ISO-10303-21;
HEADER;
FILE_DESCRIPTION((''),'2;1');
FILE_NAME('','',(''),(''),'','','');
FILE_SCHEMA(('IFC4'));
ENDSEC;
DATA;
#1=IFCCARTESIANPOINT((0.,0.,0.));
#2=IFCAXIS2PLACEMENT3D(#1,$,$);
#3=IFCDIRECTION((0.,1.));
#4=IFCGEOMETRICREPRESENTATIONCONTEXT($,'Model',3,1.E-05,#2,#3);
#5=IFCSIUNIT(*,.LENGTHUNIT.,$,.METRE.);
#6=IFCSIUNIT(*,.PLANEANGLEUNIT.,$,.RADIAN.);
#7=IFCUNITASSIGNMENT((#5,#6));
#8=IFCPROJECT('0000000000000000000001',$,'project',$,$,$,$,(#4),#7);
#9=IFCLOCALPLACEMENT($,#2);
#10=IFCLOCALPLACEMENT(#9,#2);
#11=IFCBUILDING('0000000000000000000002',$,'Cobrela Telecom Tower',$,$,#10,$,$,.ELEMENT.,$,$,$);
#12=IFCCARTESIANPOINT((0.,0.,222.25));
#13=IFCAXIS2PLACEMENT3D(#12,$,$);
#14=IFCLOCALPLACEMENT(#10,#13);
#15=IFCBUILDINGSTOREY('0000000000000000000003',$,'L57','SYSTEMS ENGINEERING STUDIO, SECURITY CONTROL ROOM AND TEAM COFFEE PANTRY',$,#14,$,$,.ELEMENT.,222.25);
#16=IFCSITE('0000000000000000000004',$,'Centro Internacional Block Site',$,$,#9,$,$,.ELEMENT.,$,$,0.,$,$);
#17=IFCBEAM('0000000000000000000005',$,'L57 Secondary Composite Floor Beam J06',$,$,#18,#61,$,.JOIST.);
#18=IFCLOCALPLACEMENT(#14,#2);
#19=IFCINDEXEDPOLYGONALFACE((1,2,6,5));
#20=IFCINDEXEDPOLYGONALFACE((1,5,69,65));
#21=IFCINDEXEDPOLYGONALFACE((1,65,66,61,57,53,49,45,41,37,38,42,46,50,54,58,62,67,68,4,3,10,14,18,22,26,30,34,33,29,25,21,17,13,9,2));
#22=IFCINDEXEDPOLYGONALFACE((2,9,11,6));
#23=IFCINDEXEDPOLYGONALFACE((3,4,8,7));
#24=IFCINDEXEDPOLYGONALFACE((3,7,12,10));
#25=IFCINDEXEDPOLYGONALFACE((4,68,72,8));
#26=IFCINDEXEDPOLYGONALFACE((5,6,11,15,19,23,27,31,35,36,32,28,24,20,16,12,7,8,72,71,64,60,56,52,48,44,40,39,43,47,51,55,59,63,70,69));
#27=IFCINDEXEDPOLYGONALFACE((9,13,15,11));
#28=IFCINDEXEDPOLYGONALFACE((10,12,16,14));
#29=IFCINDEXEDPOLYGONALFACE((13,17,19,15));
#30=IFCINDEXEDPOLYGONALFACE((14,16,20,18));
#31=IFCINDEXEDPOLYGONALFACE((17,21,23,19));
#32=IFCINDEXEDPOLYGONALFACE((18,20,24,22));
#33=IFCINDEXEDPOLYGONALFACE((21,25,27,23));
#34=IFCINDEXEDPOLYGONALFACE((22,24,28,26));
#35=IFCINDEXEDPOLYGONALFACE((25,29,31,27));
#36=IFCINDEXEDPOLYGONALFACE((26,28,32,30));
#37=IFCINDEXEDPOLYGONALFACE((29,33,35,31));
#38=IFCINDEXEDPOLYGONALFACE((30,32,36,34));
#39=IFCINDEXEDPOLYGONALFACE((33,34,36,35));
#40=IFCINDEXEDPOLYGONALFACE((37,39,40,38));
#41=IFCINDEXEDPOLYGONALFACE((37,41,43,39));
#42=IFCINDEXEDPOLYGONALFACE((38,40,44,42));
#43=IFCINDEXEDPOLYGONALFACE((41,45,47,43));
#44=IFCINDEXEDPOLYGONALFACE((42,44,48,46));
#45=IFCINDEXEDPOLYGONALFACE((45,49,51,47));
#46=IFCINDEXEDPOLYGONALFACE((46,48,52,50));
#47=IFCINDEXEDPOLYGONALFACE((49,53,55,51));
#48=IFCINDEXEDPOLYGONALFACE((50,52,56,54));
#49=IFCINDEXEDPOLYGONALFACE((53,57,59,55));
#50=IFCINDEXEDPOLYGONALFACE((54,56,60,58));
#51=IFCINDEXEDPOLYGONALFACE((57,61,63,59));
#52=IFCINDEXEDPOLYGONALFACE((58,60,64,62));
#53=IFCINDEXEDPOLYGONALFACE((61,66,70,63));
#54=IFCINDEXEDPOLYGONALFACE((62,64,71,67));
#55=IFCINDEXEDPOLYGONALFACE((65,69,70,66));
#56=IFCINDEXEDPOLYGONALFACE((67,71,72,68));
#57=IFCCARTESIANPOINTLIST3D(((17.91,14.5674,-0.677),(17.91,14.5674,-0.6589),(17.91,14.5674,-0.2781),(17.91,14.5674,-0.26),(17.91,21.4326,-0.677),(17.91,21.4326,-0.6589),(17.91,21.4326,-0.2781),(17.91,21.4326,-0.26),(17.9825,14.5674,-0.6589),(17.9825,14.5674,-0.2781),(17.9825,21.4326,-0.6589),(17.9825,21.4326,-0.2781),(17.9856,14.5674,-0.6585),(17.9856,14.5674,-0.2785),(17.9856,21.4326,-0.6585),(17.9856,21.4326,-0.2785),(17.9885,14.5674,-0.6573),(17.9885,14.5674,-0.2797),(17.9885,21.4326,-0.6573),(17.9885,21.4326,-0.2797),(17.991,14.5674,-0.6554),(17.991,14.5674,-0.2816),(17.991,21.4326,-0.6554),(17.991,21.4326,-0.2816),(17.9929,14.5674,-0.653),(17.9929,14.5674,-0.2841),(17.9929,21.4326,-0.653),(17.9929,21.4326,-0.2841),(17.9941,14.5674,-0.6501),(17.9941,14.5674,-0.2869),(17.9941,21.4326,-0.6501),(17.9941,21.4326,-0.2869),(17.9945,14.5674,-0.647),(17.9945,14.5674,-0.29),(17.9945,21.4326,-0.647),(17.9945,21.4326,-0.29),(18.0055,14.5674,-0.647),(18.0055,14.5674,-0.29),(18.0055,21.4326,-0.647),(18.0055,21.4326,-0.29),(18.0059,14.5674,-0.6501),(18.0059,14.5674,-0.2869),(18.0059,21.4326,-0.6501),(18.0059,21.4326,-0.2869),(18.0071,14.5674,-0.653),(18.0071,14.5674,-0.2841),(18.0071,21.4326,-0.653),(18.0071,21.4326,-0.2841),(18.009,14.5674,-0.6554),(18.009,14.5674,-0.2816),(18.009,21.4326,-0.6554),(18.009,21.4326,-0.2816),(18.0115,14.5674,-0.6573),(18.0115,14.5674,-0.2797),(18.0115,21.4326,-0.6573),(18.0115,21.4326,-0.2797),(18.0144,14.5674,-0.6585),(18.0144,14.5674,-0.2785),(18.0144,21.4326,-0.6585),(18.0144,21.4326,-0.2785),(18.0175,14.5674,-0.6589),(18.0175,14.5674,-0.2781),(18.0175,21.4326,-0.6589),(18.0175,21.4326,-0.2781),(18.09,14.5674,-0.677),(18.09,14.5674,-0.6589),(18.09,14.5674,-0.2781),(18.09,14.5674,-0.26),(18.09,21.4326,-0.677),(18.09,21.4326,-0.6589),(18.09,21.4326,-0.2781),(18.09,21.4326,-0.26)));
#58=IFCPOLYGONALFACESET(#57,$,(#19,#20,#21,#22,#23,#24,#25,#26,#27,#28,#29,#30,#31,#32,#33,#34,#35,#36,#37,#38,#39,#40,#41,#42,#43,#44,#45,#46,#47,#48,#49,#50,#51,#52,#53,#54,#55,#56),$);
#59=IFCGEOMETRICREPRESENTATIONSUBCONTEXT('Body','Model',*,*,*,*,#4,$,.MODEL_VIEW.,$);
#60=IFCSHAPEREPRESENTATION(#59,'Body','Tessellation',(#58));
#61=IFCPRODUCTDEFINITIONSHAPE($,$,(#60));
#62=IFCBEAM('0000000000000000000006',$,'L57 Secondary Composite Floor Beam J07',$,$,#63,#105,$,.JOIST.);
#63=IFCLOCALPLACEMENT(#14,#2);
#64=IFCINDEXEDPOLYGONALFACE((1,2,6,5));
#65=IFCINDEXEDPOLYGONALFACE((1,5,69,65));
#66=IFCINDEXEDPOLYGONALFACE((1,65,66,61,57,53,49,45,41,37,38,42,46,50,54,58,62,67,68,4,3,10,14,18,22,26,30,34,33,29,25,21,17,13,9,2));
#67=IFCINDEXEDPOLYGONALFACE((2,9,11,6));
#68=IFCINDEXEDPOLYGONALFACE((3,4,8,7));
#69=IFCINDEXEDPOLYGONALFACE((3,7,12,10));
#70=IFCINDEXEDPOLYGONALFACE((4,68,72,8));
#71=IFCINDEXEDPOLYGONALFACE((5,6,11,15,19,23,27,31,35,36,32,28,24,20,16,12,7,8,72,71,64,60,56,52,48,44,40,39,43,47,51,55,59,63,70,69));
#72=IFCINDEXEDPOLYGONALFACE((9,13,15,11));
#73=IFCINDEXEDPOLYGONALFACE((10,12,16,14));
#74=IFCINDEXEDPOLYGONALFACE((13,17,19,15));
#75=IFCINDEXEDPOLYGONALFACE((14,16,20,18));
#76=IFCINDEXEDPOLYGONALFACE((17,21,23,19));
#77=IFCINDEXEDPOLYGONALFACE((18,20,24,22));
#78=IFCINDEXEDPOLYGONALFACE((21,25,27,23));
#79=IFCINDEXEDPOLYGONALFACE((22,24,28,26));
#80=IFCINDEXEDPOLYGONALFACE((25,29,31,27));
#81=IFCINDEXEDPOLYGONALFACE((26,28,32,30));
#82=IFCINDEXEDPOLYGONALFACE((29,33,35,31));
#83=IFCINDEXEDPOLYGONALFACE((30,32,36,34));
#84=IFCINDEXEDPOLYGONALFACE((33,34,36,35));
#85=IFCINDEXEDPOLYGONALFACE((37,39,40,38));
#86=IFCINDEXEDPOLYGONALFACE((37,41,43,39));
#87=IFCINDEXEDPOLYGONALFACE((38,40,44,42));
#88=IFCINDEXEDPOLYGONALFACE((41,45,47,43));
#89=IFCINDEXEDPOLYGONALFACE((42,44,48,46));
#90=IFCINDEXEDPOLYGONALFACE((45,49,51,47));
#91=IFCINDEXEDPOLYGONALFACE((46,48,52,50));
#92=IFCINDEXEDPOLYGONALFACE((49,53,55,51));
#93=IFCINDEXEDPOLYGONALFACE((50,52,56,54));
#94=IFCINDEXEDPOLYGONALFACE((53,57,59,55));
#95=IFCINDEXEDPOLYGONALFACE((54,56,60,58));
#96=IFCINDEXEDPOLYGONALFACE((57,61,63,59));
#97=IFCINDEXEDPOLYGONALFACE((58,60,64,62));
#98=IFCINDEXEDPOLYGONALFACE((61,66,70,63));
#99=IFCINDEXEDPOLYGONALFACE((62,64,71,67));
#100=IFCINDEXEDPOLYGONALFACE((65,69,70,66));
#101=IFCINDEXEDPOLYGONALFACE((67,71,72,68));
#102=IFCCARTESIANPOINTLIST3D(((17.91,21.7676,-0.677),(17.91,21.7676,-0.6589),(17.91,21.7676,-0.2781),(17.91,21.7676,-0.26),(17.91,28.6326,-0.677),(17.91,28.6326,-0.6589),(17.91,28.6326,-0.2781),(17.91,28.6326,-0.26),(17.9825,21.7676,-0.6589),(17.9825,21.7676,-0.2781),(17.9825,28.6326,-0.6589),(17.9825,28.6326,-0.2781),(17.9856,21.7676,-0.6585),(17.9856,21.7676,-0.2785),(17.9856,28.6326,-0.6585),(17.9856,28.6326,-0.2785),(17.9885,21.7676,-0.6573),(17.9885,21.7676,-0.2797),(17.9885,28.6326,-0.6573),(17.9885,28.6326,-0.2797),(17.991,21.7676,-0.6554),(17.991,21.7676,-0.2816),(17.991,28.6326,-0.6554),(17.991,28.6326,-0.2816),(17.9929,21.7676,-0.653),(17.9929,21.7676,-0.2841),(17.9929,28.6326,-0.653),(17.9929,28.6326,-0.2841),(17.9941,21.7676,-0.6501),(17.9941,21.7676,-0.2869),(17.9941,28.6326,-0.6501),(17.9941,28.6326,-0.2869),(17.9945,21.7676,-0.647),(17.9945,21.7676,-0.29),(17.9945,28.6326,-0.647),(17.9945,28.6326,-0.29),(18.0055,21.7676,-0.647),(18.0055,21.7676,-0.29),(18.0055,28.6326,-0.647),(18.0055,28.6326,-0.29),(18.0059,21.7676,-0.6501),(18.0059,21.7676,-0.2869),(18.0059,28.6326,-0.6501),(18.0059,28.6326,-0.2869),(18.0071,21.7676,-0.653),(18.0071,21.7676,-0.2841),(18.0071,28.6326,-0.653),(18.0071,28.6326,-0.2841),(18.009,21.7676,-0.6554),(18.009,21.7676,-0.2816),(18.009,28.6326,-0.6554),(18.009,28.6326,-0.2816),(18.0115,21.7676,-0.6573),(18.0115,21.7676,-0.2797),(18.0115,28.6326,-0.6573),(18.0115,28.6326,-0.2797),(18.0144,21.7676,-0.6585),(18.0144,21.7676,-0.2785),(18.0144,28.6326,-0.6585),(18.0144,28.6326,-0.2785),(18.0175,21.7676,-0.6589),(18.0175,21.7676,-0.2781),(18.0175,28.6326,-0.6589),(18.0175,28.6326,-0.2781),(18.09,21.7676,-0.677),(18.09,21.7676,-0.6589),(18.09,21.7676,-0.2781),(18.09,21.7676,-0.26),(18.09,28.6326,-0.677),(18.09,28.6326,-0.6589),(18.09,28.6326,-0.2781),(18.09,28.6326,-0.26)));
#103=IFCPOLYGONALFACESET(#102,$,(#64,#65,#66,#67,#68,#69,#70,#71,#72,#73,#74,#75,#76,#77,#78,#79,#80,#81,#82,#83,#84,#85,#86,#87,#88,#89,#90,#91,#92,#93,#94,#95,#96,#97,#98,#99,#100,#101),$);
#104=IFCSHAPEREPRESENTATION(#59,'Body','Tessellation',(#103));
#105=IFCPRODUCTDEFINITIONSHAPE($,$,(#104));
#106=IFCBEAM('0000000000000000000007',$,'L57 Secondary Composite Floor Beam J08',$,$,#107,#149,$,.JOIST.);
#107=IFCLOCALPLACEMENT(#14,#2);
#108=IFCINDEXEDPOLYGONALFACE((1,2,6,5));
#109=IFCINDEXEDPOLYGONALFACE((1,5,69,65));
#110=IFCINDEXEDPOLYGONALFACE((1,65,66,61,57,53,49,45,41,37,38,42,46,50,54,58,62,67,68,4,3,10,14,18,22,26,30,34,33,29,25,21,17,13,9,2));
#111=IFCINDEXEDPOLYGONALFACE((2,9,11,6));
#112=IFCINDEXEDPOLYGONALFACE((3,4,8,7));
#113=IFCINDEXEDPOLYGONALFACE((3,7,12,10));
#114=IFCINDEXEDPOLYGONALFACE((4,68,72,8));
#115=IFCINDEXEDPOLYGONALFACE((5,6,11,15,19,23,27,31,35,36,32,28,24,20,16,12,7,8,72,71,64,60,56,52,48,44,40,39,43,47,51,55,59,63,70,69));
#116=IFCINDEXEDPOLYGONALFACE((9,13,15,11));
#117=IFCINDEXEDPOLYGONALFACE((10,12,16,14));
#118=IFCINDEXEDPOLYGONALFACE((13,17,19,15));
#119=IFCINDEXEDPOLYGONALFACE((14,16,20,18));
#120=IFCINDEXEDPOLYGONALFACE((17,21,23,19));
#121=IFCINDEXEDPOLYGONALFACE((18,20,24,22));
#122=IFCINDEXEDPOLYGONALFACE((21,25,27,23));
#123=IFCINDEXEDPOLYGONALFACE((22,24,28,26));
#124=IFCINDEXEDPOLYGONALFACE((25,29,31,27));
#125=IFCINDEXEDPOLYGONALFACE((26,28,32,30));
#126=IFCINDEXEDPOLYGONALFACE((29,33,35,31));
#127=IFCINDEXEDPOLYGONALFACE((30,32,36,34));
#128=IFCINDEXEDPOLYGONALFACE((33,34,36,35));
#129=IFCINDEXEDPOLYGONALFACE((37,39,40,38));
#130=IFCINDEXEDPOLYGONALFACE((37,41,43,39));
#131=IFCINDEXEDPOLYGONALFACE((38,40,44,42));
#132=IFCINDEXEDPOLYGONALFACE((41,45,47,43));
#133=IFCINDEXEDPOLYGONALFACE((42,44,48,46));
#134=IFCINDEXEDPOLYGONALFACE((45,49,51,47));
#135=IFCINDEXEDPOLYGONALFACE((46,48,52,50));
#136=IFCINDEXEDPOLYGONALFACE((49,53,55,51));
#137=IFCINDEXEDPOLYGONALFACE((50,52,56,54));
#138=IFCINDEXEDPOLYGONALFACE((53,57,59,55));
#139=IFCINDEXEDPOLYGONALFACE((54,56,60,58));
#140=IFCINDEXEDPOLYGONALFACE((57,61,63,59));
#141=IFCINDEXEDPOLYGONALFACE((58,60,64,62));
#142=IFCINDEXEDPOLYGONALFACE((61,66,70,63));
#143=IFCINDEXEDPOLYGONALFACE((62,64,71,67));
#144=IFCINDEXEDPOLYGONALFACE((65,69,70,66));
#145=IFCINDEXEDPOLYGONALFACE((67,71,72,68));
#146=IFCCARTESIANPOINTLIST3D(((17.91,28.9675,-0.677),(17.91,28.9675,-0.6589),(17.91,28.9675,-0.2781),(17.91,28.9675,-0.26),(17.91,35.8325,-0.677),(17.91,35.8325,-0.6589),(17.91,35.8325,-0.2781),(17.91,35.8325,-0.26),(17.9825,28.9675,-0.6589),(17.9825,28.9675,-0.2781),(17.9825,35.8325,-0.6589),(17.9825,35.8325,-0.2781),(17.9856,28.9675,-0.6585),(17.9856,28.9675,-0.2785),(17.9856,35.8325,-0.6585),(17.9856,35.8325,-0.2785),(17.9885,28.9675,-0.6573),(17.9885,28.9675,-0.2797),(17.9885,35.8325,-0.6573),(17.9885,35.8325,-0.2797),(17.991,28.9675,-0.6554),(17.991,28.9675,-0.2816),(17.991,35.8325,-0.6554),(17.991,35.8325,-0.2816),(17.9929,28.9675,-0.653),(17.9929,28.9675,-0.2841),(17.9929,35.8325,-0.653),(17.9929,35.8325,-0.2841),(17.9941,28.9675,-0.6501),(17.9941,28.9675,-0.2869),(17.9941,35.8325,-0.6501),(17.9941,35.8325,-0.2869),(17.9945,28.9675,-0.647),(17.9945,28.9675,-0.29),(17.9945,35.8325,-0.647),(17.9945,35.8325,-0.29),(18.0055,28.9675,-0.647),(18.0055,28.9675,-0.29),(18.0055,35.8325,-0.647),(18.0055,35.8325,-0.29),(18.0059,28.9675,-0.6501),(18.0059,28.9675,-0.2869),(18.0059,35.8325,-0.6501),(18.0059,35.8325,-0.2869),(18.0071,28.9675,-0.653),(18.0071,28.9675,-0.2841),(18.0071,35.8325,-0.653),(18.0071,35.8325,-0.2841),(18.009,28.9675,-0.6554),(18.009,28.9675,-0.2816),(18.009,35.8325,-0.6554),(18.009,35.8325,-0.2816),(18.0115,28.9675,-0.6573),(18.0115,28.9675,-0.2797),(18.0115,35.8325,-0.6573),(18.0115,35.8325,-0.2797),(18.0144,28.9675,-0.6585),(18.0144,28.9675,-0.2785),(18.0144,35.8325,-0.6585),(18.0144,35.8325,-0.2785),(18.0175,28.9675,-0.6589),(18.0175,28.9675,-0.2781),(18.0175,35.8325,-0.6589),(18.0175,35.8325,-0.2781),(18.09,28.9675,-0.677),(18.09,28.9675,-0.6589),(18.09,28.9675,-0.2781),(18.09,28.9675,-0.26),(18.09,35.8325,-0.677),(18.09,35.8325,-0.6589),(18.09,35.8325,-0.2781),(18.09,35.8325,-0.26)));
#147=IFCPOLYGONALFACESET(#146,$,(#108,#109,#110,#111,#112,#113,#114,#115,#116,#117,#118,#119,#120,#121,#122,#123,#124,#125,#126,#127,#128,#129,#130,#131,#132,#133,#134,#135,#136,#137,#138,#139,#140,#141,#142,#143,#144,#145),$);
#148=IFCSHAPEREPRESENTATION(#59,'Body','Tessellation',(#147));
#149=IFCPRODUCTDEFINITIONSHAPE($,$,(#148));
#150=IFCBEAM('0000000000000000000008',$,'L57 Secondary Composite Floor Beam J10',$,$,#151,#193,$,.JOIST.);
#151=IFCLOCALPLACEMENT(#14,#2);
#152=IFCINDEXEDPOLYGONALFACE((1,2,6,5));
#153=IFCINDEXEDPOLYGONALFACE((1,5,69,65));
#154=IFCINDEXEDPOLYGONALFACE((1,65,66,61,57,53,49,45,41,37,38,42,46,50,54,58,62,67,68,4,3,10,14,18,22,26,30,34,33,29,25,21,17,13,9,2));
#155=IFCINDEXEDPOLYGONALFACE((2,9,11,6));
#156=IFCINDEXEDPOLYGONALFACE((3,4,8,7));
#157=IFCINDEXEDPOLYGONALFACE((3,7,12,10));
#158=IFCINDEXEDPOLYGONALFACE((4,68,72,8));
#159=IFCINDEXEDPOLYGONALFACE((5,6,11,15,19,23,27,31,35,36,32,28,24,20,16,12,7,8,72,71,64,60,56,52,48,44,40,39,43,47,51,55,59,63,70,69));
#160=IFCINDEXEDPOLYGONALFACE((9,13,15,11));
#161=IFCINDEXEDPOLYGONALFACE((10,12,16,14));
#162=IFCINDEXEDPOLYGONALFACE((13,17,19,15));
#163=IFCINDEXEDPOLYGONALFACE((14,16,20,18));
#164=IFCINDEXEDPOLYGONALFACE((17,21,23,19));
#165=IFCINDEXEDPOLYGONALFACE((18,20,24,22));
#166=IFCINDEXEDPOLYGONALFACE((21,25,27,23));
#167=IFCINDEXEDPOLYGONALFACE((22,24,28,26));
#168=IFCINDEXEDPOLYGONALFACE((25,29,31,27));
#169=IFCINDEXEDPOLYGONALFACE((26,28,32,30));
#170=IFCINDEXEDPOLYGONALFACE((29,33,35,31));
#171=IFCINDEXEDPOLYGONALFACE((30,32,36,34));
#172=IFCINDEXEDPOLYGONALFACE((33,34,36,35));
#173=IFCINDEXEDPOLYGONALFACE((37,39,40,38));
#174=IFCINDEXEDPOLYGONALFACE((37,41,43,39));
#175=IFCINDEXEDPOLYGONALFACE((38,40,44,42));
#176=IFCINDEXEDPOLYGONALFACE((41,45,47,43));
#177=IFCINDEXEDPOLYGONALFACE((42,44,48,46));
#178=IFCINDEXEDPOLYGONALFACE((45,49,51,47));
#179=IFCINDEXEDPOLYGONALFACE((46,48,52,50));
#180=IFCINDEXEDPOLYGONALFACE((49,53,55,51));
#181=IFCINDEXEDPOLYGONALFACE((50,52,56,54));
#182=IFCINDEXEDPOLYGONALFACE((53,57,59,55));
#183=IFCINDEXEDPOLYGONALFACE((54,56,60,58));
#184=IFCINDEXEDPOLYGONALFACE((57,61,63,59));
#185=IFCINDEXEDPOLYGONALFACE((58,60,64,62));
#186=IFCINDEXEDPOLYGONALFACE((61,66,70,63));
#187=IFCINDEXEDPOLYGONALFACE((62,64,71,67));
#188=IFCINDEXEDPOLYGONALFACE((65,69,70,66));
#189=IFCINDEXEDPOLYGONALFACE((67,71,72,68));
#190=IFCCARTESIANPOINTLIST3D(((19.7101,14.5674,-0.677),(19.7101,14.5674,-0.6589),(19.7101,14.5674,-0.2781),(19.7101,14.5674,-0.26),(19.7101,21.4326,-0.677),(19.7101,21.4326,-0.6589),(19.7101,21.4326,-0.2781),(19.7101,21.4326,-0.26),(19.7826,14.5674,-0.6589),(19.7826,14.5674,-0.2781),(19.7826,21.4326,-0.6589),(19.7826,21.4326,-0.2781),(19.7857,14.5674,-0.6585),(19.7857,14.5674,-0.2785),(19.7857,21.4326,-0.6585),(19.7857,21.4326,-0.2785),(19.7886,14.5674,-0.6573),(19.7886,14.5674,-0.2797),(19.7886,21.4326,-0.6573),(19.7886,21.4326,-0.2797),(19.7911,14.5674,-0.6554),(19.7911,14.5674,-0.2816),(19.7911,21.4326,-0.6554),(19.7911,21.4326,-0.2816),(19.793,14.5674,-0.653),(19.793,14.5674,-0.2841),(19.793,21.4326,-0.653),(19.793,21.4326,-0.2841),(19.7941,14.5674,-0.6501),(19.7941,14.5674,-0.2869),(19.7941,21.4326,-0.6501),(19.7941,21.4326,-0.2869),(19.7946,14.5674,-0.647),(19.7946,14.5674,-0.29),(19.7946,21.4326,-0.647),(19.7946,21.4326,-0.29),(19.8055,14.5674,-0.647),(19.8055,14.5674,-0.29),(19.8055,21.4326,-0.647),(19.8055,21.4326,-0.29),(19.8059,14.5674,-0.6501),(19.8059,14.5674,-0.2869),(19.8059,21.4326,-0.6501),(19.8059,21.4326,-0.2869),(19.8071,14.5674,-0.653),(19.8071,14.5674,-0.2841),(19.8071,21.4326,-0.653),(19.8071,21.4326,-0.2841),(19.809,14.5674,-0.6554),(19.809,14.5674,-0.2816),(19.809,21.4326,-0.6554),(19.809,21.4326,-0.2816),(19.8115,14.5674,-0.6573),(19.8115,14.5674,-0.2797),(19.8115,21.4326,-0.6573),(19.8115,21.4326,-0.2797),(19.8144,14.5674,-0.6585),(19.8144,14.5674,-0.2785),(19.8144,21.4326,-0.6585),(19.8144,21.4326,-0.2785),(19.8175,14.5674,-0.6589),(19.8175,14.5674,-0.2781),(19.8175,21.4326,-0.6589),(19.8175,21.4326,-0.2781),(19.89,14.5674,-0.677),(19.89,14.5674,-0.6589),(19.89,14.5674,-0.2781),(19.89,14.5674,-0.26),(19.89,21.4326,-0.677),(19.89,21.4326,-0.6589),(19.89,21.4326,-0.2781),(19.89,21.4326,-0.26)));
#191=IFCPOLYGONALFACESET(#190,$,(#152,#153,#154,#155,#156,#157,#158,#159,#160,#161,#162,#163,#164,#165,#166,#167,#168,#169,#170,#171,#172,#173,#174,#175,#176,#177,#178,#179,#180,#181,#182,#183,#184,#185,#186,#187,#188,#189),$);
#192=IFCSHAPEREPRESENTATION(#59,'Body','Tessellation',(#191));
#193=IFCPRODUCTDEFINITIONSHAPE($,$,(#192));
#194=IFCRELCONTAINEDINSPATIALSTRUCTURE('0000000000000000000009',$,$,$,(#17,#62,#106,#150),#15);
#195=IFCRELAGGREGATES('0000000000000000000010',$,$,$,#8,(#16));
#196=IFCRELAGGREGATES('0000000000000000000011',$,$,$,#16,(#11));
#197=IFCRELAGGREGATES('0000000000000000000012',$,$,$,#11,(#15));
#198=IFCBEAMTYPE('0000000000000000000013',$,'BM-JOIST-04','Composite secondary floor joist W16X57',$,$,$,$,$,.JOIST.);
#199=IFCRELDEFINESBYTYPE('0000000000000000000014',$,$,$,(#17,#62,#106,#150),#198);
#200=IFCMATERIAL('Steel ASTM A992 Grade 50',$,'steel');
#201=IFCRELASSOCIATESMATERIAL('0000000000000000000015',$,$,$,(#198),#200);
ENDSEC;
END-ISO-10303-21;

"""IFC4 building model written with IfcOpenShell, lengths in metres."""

from ifc_helpers import new_model, si_unit, direction, frame, origin, origin_2d, place, context, subcontext, project, spatial, i_section, extrude, material, material_profile, profile_set, type_object, element, save


model = new_model("IFC4")

# Units and contexts
model_context = context("Model", 3, precision=1e-05, world=origin(), true_north=direction((0.0, 1.0)))
body_context = subcontext(model_context, "Body", "Model", "MODEL_VIEW")
ifc_project = project(units=[si_unit("LENGTHUNIT", "METRE"), si_unit("PLANEANGLEUNIT", "RADIAN")], contexts=[model_context])

# Site, building, storey
site_placement = place(None, origin())
site = spatial("IfcSite", under=ifc_project, at=site_placement, Name="Centro Internacional Block Site", CompositionType="ELEMENT", RefElevation=0.0)
building_placement = place(site_placement, origin())
building = spatial("IfcBuilding", under=site, at=building_placement, Name="Cobrela Telecom Tower", CompositionType="ELEMENT")
storey_placement = place(building_placement, frame((0.0, 0.0, 222.25)))
storey = spatial("IfcBuildingStorey", under=building, at=storey_placement, Name="L57", Description="SYSTEMS ENGINEERING STUDIO, SECURITY CONTROL ROOM AND TEAM COFFEE PANTRY", CompositionType="ELEMENT", Elevation=222.25)

# Shared definitions
ifc_material_1 = material(Name="Steel ASTM A992 Grade 50", Category="steel")

# Beams
ifc_material_profile_1 = material_profile(ifc_material_1, i_section(OverallWidth=0.1799, OverallDepth=0.417, WebThickness=0.011, FlangeThickness=0.0181, FilletRadius=0.012, at=origin_2d()), Name="W16X57")
ifc_profile_set_1 = profile_set([ifc_material_profile_1], Name="Steel ASTM A992 Grade 50")
beam_type_1 = type_object("IfcBeamType", Name="BM-JOIST-04", Description="Composite secondary floor joist W16X57", PredefinedType="JOIST", material=ifc_profile_set_1)
beam_1_placement = place(storey_placement, frame((18.0, 14.5674, -0.4685), z_axis=(0.0, 1.0, 0.0), x_axis=(-1.0, 0.0, 0.0)))
element("IfcBeam", 1, at=beam_1_placement, inside=storey, type_object=beam_type_1, Name="L57 Secondary Composite Floor Beam J06", PredefinedType="JOIST", context=body_context, shape_type="SweptSolid", body=[
    extrude(i_section(OverallWidth=0.1799, OverallDepth=0.417, WebThickness=0.011, FlangeThickness=0.0181, FilletRadius=0.012, at=origin_2d()), origin(), (0.0, 0.0, 1.0), 6.8652),
])
for number, where, z_axis, x_axis, name in (
    (2, (18.0, 21.7676, -0.4685), (0.0, 1.0, 0.0), (-1.0, 0.0, 0.0), "L57 Secondary Composite Floor Beam J07"),
    (3, (18.0, 28.9675, -0.4685), (0.0, 1.0, 0.0), (-1.0, 0.0, 0.0), "L57 Secondary Composite Floor Beam J08"),
):
    element("IfcBeam", number, at=place(storey_placement, frame(where, z_axis=z_axis, x_axis=x_axis)), inside=storey, type_object=beam_type_1, Name=name, PredefinedType="JOIST", context=body_context, shape_type="SweptSolid", body=[
        extrude(i_section(OverallWidth=0.1799, OverallDepth=0.417, WebThickness=0.011, FlangeThickness=0.0181, FilletRadius=0.012, at=origin_2d()), origin(), (0.0, 0.0, 1.0), 6.865),
    ])
beam_2_placement = place(storey_placement, frame((19.8, 14.5674, -0.4685), z_axis=(0.0, 1.0, 0.0), x_axis=(-1.0, 0.0, 0.0)))
element("IfcBeam", 4, at=beam_2_placement, inside=storey, type_object=beam_type_1, Name="L57 Secondary Composite Floor Beam J10", PredefinedType="JOIST", context=body_context, shape_type="SweptSolid", body=[
    extrude(i_section(OverallWidth=0.1799, OverallDepth=0.417, WebThickness=0.011, FlangeThickness=0.0181, FilletRadius=0.012, at=origin_2d()), origin(), (0.0, 0.0, 1.0), 6.8652),
])

save(model, "model.ifc")
